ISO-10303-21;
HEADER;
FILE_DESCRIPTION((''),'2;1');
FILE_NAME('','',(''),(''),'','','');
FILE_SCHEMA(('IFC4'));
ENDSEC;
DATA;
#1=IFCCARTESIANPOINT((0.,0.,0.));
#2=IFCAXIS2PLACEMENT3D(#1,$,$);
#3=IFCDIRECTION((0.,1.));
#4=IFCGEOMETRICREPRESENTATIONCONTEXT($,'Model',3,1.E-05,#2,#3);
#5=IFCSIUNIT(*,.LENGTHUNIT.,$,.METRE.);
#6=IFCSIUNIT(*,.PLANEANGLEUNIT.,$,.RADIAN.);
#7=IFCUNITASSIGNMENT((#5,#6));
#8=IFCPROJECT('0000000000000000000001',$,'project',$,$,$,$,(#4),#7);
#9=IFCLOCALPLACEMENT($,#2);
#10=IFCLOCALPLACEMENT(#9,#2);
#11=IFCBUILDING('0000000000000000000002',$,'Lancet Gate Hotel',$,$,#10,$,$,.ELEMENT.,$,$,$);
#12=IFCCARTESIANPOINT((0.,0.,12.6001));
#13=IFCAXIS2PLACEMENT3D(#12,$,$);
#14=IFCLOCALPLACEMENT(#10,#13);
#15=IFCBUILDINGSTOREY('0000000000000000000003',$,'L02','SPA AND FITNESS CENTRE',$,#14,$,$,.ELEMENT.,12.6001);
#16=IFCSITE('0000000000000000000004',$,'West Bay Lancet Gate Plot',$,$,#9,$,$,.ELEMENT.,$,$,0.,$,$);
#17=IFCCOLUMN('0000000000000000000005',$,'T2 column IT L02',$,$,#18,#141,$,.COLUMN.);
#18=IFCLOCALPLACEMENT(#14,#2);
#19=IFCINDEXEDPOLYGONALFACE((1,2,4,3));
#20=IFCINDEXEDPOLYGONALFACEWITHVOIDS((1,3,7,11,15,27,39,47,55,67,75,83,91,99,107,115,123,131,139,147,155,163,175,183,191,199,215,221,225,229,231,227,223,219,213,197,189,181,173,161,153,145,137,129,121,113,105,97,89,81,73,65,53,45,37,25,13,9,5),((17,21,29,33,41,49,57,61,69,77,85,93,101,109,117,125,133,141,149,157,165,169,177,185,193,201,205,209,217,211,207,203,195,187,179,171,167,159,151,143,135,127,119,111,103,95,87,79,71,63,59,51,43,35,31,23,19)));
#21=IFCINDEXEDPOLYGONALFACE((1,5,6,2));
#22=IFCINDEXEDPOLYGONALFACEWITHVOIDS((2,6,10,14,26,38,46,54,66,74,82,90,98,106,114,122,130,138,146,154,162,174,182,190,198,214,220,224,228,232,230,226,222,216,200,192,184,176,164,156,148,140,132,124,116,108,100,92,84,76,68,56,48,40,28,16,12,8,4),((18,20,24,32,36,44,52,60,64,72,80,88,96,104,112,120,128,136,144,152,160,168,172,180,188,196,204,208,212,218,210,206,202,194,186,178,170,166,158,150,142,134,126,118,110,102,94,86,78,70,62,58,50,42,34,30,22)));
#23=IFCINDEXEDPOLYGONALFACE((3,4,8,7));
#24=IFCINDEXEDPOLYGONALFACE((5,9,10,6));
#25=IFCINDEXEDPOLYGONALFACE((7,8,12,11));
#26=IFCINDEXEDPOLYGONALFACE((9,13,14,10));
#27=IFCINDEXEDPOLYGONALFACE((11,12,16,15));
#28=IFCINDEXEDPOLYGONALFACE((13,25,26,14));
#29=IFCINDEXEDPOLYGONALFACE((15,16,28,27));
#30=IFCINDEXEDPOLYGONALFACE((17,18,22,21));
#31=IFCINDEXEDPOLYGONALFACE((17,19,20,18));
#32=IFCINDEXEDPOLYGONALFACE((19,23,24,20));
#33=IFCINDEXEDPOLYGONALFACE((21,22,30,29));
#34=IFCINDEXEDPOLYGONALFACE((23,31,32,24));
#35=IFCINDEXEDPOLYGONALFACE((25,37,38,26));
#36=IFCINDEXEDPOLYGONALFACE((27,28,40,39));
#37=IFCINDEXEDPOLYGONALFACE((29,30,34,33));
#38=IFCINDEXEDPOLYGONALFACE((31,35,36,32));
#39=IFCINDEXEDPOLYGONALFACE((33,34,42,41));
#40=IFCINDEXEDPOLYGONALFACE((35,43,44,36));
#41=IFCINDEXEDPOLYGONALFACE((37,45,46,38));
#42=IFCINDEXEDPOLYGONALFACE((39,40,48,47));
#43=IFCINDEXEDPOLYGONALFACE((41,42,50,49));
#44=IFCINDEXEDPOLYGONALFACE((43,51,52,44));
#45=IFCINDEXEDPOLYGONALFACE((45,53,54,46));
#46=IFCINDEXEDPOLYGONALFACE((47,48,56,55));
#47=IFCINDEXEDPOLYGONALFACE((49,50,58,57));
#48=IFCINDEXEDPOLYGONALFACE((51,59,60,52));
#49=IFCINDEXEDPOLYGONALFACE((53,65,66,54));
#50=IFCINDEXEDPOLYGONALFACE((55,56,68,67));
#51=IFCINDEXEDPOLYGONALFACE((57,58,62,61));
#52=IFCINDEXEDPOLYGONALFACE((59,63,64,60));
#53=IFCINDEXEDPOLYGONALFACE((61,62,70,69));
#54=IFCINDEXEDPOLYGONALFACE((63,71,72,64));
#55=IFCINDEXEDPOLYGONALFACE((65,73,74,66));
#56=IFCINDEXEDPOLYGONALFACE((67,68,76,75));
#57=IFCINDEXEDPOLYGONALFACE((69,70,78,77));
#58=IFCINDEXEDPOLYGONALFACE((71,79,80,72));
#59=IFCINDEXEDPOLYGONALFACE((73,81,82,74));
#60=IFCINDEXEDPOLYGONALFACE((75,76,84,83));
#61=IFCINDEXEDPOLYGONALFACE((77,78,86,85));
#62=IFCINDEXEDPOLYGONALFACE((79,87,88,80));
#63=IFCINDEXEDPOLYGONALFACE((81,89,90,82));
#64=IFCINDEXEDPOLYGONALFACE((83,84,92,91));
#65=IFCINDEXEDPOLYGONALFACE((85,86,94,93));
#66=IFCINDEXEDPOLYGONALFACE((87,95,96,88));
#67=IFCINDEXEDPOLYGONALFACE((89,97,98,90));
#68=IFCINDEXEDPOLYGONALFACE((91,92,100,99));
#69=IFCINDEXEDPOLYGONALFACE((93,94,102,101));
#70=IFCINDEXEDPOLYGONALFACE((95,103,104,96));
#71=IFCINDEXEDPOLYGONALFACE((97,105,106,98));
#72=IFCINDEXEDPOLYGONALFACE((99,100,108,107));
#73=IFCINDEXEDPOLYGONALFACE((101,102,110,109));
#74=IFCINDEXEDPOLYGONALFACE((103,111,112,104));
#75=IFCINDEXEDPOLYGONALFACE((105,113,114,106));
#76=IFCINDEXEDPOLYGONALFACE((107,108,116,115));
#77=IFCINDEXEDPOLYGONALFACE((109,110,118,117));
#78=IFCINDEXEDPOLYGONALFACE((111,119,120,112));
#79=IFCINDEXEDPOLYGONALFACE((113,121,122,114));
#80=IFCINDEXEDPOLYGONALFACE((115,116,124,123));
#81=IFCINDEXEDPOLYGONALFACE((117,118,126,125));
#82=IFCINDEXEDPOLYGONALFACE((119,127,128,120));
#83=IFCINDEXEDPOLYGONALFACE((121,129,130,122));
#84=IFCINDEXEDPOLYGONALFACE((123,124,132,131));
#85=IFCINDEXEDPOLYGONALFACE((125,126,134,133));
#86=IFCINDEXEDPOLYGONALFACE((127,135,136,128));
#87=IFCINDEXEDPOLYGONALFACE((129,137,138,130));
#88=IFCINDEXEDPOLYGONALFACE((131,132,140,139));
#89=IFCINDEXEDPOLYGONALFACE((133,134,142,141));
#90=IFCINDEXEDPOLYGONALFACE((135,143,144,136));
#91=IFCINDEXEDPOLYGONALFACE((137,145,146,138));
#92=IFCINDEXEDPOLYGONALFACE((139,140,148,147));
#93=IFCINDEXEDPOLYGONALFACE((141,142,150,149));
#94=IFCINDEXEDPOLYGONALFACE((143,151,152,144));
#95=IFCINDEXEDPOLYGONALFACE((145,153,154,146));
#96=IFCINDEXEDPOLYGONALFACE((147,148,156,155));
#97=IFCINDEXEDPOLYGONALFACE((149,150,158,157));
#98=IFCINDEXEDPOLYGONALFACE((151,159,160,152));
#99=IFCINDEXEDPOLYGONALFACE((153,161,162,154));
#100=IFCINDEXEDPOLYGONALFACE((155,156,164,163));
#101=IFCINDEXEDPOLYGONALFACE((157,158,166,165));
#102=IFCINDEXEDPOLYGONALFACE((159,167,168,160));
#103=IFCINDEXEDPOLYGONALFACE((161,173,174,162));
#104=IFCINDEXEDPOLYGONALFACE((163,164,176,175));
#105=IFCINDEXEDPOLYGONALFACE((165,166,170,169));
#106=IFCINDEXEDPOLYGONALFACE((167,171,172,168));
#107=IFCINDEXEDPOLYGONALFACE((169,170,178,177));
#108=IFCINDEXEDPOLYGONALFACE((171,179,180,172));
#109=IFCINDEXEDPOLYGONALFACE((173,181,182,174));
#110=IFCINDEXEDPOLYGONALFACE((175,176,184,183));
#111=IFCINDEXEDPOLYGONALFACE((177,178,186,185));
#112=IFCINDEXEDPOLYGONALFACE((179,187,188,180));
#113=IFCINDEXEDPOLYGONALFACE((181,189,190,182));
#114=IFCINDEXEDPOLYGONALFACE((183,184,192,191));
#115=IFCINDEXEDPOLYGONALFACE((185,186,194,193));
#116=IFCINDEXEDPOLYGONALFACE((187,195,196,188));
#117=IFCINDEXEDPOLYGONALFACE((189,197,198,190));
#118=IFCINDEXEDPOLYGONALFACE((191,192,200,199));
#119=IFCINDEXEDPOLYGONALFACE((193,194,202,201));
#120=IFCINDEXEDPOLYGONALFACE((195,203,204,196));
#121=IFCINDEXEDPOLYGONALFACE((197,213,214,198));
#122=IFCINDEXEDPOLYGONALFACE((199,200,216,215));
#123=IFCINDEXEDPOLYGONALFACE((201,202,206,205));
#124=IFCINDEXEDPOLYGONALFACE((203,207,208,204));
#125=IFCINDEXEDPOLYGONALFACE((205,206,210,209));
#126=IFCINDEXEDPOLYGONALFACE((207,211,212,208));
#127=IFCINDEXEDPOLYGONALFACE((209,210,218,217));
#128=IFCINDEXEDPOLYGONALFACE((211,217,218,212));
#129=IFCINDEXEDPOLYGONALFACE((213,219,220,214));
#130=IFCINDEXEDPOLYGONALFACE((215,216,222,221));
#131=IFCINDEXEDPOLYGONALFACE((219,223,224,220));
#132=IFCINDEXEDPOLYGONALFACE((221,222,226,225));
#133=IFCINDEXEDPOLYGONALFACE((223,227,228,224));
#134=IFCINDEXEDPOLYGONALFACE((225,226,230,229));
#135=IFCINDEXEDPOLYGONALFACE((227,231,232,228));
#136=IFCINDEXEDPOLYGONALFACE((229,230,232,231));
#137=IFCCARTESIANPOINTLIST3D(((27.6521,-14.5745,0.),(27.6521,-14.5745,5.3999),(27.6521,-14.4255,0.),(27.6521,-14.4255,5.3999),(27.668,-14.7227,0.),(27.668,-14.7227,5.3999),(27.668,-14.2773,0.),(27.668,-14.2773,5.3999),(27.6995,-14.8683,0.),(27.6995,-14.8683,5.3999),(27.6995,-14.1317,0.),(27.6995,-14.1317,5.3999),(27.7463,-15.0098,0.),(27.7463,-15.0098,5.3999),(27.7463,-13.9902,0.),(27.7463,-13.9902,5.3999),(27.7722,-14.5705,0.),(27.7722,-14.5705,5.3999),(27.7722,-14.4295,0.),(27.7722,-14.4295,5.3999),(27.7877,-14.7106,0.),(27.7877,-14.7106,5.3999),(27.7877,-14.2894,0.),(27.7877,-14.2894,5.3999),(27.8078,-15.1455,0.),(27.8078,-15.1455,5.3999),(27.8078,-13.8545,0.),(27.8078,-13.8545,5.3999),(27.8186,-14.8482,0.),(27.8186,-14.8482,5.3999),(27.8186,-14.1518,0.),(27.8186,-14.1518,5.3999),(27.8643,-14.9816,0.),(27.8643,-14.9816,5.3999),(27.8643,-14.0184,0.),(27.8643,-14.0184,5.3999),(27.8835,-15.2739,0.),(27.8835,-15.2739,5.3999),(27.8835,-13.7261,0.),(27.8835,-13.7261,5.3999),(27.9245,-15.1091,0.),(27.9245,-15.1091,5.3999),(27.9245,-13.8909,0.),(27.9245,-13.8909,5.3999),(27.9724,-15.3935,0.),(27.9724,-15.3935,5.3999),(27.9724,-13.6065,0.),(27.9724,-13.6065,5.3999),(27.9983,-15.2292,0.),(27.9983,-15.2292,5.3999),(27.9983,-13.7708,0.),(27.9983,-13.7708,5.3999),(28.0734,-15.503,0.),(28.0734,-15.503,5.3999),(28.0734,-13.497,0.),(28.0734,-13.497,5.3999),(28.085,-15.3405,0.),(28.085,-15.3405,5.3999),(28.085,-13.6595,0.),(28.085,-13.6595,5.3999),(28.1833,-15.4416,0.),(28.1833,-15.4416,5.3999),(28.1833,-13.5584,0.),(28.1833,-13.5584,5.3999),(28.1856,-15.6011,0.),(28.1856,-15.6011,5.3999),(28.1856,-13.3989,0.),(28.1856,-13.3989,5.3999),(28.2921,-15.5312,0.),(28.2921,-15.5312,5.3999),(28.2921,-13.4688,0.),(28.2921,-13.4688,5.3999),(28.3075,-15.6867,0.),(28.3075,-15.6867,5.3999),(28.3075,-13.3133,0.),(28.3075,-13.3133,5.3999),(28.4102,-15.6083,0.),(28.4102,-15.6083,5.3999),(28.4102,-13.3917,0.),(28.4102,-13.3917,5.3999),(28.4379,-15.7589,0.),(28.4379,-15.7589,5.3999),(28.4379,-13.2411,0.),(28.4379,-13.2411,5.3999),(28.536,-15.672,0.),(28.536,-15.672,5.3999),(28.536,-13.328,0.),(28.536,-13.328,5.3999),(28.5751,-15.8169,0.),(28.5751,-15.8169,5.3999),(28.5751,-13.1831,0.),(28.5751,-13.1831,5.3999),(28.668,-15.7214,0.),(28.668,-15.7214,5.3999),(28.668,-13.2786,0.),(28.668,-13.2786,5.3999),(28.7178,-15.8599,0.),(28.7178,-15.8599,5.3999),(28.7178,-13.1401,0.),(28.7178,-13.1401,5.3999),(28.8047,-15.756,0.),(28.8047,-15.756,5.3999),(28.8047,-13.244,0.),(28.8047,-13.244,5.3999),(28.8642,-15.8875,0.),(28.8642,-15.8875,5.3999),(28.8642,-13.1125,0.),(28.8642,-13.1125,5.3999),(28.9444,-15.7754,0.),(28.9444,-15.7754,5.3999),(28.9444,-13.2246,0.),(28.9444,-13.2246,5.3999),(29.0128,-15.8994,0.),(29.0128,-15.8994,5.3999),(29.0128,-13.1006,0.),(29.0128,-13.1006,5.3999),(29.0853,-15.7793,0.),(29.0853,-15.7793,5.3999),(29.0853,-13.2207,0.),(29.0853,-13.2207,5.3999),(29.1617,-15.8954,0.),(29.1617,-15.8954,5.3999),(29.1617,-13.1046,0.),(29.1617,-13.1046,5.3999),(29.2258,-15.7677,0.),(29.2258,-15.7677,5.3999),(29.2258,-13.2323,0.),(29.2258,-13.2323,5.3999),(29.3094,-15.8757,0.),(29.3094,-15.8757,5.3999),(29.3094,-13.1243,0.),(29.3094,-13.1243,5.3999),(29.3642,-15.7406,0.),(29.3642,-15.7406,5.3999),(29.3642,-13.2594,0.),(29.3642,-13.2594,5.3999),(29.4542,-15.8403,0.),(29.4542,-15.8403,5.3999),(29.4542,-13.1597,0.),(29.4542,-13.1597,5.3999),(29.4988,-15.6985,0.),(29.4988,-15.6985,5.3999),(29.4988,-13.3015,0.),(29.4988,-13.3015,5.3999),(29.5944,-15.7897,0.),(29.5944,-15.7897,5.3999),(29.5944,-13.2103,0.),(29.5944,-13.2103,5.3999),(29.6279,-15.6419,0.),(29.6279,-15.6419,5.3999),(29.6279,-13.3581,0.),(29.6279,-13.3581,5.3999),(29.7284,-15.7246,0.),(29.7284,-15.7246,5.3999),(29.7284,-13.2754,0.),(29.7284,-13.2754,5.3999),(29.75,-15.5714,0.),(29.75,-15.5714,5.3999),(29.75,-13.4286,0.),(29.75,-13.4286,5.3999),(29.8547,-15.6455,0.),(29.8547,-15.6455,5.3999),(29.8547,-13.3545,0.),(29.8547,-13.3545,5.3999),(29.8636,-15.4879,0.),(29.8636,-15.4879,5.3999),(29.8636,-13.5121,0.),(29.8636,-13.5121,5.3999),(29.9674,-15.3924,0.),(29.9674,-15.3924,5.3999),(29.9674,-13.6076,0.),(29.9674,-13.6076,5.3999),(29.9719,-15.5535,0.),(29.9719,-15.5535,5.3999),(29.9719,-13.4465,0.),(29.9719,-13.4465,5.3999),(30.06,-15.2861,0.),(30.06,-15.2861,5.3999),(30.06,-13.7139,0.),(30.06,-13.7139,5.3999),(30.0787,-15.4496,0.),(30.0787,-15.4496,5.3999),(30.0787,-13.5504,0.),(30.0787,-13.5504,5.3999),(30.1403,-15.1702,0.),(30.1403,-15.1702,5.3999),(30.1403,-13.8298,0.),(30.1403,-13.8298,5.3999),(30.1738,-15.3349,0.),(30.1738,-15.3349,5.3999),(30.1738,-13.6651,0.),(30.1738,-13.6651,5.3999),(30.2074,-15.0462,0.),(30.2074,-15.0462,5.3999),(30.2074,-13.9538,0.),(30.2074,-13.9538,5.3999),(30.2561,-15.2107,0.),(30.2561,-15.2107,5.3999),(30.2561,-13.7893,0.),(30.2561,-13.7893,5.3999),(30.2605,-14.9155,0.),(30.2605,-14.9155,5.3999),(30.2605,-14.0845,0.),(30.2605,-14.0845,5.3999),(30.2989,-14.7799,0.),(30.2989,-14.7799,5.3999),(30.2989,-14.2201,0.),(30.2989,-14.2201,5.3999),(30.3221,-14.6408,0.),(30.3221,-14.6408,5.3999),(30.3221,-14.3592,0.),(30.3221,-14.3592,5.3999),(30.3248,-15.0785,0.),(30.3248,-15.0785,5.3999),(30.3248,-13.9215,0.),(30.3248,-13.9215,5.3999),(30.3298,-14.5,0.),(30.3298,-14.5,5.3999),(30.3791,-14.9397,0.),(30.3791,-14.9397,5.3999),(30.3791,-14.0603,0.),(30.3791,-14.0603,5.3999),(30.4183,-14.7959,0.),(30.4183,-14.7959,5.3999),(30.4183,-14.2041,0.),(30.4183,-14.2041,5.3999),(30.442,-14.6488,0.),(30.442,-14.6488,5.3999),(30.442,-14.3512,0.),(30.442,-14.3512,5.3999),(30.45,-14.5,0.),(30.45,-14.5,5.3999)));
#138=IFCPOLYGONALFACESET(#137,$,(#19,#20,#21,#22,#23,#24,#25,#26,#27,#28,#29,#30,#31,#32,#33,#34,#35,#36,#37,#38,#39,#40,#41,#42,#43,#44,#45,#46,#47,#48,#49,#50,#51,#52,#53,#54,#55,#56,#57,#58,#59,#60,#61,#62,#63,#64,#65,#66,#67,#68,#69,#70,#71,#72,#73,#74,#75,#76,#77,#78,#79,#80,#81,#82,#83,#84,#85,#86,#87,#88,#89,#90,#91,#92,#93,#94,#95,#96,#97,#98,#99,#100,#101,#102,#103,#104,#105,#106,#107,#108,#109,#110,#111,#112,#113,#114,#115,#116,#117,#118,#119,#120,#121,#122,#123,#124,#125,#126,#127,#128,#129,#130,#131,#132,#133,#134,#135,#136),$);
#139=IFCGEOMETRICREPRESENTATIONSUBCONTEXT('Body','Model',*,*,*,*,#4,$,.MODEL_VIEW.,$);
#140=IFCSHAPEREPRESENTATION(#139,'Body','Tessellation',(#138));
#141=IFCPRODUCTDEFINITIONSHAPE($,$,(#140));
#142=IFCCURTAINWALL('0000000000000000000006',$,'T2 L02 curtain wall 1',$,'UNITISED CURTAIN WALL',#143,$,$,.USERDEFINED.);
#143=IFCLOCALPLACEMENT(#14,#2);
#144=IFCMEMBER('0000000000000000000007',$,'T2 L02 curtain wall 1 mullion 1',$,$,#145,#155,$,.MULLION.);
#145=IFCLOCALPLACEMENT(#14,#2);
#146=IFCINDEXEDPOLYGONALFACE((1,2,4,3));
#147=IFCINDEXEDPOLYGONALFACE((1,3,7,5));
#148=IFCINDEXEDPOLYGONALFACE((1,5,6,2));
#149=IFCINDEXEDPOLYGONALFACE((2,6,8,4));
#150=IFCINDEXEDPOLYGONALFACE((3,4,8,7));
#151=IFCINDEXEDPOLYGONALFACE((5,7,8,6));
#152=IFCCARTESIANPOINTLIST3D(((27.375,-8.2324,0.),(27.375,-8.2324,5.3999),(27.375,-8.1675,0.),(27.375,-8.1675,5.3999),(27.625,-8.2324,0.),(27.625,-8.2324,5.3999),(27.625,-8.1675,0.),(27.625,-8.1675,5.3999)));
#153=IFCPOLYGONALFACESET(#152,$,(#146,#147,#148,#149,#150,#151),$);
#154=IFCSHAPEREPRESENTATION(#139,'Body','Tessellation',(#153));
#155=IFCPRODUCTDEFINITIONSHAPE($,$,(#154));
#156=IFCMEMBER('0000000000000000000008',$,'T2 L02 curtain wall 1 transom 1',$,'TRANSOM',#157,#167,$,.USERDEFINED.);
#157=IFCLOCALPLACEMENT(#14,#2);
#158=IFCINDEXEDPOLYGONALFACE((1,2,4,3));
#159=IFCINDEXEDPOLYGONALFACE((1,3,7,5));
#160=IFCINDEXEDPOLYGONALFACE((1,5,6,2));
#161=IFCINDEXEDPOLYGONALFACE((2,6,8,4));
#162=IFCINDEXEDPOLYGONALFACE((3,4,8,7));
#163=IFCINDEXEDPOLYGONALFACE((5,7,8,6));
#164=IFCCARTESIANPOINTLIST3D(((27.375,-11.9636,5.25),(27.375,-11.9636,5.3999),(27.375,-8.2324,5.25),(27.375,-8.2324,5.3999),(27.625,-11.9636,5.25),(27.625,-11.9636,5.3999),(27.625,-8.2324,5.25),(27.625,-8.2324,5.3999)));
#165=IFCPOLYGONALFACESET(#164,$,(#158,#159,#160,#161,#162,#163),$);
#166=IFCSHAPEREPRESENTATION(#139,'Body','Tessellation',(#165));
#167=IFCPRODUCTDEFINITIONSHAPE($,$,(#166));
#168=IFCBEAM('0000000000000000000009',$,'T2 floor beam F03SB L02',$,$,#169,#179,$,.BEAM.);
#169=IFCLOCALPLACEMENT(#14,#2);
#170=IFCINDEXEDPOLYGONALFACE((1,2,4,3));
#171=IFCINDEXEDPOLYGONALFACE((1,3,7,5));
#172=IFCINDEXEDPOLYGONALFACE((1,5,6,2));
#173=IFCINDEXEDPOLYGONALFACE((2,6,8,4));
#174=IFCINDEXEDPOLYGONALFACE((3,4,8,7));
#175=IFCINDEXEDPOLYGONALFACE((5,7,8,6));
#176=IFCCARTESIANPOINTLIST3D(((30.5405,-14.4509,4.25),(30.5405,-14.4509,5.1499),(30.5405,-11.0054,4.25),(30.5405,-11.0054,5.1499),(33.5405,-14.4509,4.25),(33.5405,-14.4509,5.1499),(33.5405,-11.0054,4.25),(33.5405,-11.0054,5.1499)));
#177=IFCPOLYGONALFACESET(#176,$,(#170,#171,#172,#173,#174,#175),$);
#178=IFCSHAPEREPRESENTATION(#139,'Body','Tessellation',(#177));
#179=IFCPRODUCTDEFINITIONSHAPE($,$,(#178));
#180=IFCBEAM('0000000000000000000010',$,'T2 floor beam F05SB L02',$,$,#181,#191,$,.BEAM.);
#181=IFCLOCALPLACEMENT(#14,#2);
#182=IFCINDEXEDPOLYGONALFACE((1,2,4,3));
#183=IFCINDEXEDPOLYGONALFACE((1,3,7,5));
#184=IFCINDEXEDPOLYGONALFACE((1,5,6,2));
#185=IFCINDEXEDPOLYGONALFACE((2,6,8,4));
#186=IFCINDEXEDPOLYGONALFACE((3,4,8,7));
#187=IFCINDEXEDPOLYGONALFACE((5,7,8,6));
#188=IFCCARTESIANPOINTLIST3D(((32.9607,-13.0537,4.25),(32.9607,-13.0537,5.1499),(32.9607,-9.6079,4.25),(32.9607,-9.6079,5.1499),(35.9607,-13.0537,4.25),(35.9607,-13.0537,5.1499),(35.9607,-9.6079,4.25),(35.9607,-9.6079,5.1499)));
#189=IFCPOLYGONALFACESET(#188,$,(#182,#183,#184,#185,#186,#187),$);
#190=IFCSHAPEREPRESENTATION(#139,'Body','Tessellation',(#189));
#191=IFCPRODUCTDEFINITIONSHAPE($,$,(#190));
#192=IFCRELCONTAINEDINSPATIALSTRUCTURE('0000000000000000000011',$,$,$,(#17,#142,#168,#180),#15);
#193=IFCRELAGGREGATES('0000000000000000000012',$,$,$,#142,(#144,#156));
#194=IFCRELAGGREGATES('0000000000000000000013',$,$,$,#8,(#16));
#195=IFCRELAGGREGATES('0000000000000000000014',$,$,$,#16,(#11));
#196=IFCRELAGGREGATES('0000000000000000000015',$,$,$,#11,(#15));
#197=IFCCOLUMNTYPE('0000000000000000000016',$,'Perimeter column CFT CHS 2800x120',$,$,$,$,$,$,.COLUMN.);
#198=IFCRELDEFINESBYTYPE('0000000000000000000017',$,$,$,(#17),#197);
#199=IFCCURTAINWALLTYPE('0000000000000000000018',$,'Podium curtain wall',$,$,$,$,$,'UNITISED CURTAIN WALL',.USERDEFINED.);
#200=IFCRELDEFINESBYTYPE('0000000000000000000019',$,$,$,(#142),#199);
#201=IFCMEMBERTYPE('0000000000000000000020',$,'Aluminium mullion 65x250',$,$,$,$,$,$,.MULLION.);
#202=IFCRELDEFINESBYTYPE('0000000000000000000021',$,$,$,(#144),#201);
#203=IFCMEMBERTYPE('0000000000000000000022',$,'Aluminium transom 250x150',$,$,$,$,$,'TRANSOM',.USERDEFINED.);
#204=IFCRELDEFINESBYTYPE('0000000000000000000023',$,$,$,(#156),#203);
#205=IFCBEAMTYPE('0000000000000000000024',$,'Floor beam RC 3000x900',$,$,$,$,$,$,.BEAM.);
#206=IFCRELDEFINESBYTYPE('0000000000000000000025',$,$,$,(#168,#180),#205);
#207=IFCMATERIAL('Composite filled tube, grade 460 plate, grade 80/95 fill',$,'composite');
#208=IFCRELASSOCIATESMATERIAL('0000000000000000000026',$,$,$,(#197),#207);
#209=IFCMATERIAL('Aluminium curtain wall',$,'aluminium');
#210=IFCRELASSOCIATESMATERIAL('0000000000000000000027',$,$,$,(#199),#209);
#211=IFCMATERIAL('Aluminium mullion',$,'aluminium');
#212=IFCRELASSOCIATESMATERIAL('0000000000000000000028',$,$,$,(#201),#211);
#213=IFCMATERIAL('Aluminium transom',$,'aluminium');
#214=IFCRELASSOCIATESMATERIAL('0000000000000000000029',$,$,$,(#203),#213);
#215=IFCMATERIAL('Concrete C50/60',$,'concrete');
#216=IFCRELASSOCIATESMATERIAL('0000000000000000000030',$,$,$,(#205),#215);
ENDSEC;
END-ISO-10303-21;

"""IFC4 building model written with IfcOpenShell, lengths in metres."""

from ifc_helpers import new_model, si_unit, direction, frame, origin, origin_2d, place, context, subcontext, project, spatial, rectangle, hollow_circle, extrude, material, material_profile, profile_set, type_object, element, aggregate, save


model = new_model("IFC4")

# Units and contexts
model_context = context("Model", 3, precision=1e-05, world=origin(), true_north=direction((0.0, 1.0)))
body_context = subcontext(model_context, "Body", "Model", "MODEL_VIEW")
ifc_project = project(units=[si_unit("LENGTHUNIT", "METRE"), si_unit("PLANEANGLEUNIT", "RADIAN")], contexts=[model_context])

# Site, building, storey
site_placement = place(None, origin())
site = spatial("IfcSite", under=ifc_project, at=site_placement, Name="West Bay Lancet Gate Plot", CompositionType="ELEMENT", RefElevation=0.0)
building_placement = place(site_placement, origin())
building = spatial("IfcBuilding", under=site, at=building_placement, Name="Lancet Gate Hotel", CompositionType="ELEMENT")
storey_placement = place(building_placement, frame((0.0, 0.0, 12.6001)))
storey = spatial("IfcBuildingStorey", under=building, at=storey_placement, Name="L02", Description="SPA AND FITNESS CENTRE", CompositionType="ELEMENT", Elevation=12.6001)

# Column
ifc_material_1 = material(Name="Composite filled tube, grade 460 plate, grade 80/95 fill", Category="composite")
ifc_material_profile_1 = material_profile(ifc_material_1, hollow_circle(Radius=1.3999, WallThickness=0.1201, at=origin_2d()), Name="CHS 2800x120")
ifc_profile_set_1 = profile_set([ifc_material_profile_1], Name="Composite filled tube, grade 460 plate, grade 80/95 fill")
column_type = type_object("IfcColumnType", Name="Perimeter column CFT CHS 2800x120", PredefinedType="COLUMN", material=ifc_profile_set_1)
for number, where, z_axis, x_axis, name in (
    (1, (29.05, -14.5, 0.0), (0.0, 0.0, 1.0), (1.0, 0.0, 0.0), "T2 column IT L02"),
):
    element("IfcColumn", number, at=place(storey_placement, frame(where, z_axis=z_axis, x_axis=x_axis)), inside=storey, type_object=column_type, Name=name, PredefinedType="COLUMN", context=body_context, shape_type="SweptSolid", body=[
        extrude(hollow_circle(Radius=1.3999, WallThickness=0.1201, at=origin_2d()), origin(), (0.0, 0.0, 1.0), 5.3999),
    ])

# Curtain wall, members
ifc_material_2 = material(Name="Aluminium curtain wall", Category="aluminium")
curtain_wall_type = type_object("IfcCurtainWallType", Name="Podium curtain wall", ElementType="UNITISED CURTAIN WALL", PredefinedType="USERDEFINED", material=ifc_material_2)
curtain_wall_placement = place(storey_placement, origin())
curtain_wall = element("IfcCurtainWall", 2, at=curtain_wall_placement, inside=storey, type_object=curtain_wall_type, Name="T2 L02 curtain wall 1", ObjectType="UNITISED CURTAIN WALL", PredefinedType="USERDEFINED")
ifc_material_3 = material(Name="Aluminium mullion", Category="aluminium")
ifc_material_profile_2 = material_profile(ifc_material_3, rectangle(XDim=0.0649, YDim=0.25, at=origin_2d()), Name="MULLION 65x250")
ifc_profile_set_2 = profile_set([ifc_material_profile_2], Name="Aluminium mullion")
member_type_1 = type_object("IfcMemberType", Name="Aluminium mullion 65x250", PredefinedType="MULLION", material=ifc_profile_set_2)
member_1_placement = place(storey_placement, frame((27.5, -8.2, 0.0), z_axis=(0.0, 0.0, 1.0), x_axis=(0.0, -1.0, 0.0)))
member_1 = element("IfcMember", 3, at=member_1_placement, type_object=member_type_1, Name="T2 L02 curtain wall 1 mullion 1", PredefinedType="MULLION", context=body_context, shape_type="SweptSolid", body=[
    extrude(rectangle(XDim=0.0649, YDim=0.25, at=origin_2d()), origin(), (0.0, 0.0, 1.0), 5.3999),
])
ifc_material_4 = material(Name="Aluminium transom", Category="aluminium")
ifc_material_profile_3 = material_profile(ifc_material_4, rectangle(XDim=0.25, YDim=0.1499, at=origin_2d()), Name="TRANSOM 250x150")
ifc_profile_set_3 = profile_set([ifc_material_profile_3], Name="Aluminium transom")
member_type_2 = type_object("IfcMemberType", Name="Aluminium transom 250x150", ElementType="TRANSOM", PredefinedType="USERDEFINED", material=ifc_profile_set_3)
member_2_placement = place(storey_placement, frame((27.5, -8.2324, 5.325), z_axis=(0.0, -1.0, 0.0), x_axis=(1.0, 0.0, 0.0)))
member_2 = element("IfcMember", 4, at=member_2_placement, type_object=member_type_2, Name="T2 L02 curtain wall 1 transom 1", ObjectType="TRANSOM", PredefinedType="USERDEFINED", context=body_context, shape_type="SweptSolid", body=[
    extrude(rectangle(XDim=0.25, YDim=0.1499, at=origin_2d()), origin(), (0.0, 0.0, 1.0), 3.7312),
])
aggregate(curtain_wall, [member_1, member_2])

# Beams
ifc_material_5 = material(Name="Concrete C50/60", Category="concrete")
ifc_material_profile_4 = material_profile(ifc_material_5, rectangle(XDim=3.0, YDim=0.8999, at=origin_2d()), Name="RC 3000x900")
ifc_profile_set_4 = profile_set([ifc_material_profile_4], Name="Concrete C50/60")
beam_type_1 = type_object("IfcBeamType", Name="Floor beam RC 3000x900", PredefinedType="BEAM", material=ifc_profile_set_4)
beam_1_placement = place(storey_placement, frame((32.0405, -14.4509, 4.7), z_axis=(0.0, 1.0, 0.0), x_axis=(-1.0, 0.0, 0.0)))
element("IfcBeam", 5, at=beam_1_placement, inside=storey, type_object=beam_type_1, Name="T2 floor beam F03SB L02", PredefinedType="BEAM", context=body_context, shape_type="SweptSolid", body=[
    extrude(rectangle(XDim=3.0, YDim=0.8999, at=origin_2d()), origin(), (0.0, 0.0, 1.0), 3.4456),
])
beam_2_placement = place(storey_placement, frame((34.4607, -13.0537, 4.7), z_axis=(0.0, 1.0, 0.0), x_axis=(-1.0, 0.0, 0.0)))
element("IfcBeam", 6, at=beam_2_placement, inside=storey, type_object=beam_type_1, Name="T2 floor beam F05SB L02", PredefinedType="BEAM", context=body_context, shape_type="SweptSolid", body=[
    extrude(rectangle(XDim=3.0, YDim=0.8999, at=origin_2d()), origin(), (0.0, 0.0, 1.0), 3.4458),
])

save(model, "model.ifc")
